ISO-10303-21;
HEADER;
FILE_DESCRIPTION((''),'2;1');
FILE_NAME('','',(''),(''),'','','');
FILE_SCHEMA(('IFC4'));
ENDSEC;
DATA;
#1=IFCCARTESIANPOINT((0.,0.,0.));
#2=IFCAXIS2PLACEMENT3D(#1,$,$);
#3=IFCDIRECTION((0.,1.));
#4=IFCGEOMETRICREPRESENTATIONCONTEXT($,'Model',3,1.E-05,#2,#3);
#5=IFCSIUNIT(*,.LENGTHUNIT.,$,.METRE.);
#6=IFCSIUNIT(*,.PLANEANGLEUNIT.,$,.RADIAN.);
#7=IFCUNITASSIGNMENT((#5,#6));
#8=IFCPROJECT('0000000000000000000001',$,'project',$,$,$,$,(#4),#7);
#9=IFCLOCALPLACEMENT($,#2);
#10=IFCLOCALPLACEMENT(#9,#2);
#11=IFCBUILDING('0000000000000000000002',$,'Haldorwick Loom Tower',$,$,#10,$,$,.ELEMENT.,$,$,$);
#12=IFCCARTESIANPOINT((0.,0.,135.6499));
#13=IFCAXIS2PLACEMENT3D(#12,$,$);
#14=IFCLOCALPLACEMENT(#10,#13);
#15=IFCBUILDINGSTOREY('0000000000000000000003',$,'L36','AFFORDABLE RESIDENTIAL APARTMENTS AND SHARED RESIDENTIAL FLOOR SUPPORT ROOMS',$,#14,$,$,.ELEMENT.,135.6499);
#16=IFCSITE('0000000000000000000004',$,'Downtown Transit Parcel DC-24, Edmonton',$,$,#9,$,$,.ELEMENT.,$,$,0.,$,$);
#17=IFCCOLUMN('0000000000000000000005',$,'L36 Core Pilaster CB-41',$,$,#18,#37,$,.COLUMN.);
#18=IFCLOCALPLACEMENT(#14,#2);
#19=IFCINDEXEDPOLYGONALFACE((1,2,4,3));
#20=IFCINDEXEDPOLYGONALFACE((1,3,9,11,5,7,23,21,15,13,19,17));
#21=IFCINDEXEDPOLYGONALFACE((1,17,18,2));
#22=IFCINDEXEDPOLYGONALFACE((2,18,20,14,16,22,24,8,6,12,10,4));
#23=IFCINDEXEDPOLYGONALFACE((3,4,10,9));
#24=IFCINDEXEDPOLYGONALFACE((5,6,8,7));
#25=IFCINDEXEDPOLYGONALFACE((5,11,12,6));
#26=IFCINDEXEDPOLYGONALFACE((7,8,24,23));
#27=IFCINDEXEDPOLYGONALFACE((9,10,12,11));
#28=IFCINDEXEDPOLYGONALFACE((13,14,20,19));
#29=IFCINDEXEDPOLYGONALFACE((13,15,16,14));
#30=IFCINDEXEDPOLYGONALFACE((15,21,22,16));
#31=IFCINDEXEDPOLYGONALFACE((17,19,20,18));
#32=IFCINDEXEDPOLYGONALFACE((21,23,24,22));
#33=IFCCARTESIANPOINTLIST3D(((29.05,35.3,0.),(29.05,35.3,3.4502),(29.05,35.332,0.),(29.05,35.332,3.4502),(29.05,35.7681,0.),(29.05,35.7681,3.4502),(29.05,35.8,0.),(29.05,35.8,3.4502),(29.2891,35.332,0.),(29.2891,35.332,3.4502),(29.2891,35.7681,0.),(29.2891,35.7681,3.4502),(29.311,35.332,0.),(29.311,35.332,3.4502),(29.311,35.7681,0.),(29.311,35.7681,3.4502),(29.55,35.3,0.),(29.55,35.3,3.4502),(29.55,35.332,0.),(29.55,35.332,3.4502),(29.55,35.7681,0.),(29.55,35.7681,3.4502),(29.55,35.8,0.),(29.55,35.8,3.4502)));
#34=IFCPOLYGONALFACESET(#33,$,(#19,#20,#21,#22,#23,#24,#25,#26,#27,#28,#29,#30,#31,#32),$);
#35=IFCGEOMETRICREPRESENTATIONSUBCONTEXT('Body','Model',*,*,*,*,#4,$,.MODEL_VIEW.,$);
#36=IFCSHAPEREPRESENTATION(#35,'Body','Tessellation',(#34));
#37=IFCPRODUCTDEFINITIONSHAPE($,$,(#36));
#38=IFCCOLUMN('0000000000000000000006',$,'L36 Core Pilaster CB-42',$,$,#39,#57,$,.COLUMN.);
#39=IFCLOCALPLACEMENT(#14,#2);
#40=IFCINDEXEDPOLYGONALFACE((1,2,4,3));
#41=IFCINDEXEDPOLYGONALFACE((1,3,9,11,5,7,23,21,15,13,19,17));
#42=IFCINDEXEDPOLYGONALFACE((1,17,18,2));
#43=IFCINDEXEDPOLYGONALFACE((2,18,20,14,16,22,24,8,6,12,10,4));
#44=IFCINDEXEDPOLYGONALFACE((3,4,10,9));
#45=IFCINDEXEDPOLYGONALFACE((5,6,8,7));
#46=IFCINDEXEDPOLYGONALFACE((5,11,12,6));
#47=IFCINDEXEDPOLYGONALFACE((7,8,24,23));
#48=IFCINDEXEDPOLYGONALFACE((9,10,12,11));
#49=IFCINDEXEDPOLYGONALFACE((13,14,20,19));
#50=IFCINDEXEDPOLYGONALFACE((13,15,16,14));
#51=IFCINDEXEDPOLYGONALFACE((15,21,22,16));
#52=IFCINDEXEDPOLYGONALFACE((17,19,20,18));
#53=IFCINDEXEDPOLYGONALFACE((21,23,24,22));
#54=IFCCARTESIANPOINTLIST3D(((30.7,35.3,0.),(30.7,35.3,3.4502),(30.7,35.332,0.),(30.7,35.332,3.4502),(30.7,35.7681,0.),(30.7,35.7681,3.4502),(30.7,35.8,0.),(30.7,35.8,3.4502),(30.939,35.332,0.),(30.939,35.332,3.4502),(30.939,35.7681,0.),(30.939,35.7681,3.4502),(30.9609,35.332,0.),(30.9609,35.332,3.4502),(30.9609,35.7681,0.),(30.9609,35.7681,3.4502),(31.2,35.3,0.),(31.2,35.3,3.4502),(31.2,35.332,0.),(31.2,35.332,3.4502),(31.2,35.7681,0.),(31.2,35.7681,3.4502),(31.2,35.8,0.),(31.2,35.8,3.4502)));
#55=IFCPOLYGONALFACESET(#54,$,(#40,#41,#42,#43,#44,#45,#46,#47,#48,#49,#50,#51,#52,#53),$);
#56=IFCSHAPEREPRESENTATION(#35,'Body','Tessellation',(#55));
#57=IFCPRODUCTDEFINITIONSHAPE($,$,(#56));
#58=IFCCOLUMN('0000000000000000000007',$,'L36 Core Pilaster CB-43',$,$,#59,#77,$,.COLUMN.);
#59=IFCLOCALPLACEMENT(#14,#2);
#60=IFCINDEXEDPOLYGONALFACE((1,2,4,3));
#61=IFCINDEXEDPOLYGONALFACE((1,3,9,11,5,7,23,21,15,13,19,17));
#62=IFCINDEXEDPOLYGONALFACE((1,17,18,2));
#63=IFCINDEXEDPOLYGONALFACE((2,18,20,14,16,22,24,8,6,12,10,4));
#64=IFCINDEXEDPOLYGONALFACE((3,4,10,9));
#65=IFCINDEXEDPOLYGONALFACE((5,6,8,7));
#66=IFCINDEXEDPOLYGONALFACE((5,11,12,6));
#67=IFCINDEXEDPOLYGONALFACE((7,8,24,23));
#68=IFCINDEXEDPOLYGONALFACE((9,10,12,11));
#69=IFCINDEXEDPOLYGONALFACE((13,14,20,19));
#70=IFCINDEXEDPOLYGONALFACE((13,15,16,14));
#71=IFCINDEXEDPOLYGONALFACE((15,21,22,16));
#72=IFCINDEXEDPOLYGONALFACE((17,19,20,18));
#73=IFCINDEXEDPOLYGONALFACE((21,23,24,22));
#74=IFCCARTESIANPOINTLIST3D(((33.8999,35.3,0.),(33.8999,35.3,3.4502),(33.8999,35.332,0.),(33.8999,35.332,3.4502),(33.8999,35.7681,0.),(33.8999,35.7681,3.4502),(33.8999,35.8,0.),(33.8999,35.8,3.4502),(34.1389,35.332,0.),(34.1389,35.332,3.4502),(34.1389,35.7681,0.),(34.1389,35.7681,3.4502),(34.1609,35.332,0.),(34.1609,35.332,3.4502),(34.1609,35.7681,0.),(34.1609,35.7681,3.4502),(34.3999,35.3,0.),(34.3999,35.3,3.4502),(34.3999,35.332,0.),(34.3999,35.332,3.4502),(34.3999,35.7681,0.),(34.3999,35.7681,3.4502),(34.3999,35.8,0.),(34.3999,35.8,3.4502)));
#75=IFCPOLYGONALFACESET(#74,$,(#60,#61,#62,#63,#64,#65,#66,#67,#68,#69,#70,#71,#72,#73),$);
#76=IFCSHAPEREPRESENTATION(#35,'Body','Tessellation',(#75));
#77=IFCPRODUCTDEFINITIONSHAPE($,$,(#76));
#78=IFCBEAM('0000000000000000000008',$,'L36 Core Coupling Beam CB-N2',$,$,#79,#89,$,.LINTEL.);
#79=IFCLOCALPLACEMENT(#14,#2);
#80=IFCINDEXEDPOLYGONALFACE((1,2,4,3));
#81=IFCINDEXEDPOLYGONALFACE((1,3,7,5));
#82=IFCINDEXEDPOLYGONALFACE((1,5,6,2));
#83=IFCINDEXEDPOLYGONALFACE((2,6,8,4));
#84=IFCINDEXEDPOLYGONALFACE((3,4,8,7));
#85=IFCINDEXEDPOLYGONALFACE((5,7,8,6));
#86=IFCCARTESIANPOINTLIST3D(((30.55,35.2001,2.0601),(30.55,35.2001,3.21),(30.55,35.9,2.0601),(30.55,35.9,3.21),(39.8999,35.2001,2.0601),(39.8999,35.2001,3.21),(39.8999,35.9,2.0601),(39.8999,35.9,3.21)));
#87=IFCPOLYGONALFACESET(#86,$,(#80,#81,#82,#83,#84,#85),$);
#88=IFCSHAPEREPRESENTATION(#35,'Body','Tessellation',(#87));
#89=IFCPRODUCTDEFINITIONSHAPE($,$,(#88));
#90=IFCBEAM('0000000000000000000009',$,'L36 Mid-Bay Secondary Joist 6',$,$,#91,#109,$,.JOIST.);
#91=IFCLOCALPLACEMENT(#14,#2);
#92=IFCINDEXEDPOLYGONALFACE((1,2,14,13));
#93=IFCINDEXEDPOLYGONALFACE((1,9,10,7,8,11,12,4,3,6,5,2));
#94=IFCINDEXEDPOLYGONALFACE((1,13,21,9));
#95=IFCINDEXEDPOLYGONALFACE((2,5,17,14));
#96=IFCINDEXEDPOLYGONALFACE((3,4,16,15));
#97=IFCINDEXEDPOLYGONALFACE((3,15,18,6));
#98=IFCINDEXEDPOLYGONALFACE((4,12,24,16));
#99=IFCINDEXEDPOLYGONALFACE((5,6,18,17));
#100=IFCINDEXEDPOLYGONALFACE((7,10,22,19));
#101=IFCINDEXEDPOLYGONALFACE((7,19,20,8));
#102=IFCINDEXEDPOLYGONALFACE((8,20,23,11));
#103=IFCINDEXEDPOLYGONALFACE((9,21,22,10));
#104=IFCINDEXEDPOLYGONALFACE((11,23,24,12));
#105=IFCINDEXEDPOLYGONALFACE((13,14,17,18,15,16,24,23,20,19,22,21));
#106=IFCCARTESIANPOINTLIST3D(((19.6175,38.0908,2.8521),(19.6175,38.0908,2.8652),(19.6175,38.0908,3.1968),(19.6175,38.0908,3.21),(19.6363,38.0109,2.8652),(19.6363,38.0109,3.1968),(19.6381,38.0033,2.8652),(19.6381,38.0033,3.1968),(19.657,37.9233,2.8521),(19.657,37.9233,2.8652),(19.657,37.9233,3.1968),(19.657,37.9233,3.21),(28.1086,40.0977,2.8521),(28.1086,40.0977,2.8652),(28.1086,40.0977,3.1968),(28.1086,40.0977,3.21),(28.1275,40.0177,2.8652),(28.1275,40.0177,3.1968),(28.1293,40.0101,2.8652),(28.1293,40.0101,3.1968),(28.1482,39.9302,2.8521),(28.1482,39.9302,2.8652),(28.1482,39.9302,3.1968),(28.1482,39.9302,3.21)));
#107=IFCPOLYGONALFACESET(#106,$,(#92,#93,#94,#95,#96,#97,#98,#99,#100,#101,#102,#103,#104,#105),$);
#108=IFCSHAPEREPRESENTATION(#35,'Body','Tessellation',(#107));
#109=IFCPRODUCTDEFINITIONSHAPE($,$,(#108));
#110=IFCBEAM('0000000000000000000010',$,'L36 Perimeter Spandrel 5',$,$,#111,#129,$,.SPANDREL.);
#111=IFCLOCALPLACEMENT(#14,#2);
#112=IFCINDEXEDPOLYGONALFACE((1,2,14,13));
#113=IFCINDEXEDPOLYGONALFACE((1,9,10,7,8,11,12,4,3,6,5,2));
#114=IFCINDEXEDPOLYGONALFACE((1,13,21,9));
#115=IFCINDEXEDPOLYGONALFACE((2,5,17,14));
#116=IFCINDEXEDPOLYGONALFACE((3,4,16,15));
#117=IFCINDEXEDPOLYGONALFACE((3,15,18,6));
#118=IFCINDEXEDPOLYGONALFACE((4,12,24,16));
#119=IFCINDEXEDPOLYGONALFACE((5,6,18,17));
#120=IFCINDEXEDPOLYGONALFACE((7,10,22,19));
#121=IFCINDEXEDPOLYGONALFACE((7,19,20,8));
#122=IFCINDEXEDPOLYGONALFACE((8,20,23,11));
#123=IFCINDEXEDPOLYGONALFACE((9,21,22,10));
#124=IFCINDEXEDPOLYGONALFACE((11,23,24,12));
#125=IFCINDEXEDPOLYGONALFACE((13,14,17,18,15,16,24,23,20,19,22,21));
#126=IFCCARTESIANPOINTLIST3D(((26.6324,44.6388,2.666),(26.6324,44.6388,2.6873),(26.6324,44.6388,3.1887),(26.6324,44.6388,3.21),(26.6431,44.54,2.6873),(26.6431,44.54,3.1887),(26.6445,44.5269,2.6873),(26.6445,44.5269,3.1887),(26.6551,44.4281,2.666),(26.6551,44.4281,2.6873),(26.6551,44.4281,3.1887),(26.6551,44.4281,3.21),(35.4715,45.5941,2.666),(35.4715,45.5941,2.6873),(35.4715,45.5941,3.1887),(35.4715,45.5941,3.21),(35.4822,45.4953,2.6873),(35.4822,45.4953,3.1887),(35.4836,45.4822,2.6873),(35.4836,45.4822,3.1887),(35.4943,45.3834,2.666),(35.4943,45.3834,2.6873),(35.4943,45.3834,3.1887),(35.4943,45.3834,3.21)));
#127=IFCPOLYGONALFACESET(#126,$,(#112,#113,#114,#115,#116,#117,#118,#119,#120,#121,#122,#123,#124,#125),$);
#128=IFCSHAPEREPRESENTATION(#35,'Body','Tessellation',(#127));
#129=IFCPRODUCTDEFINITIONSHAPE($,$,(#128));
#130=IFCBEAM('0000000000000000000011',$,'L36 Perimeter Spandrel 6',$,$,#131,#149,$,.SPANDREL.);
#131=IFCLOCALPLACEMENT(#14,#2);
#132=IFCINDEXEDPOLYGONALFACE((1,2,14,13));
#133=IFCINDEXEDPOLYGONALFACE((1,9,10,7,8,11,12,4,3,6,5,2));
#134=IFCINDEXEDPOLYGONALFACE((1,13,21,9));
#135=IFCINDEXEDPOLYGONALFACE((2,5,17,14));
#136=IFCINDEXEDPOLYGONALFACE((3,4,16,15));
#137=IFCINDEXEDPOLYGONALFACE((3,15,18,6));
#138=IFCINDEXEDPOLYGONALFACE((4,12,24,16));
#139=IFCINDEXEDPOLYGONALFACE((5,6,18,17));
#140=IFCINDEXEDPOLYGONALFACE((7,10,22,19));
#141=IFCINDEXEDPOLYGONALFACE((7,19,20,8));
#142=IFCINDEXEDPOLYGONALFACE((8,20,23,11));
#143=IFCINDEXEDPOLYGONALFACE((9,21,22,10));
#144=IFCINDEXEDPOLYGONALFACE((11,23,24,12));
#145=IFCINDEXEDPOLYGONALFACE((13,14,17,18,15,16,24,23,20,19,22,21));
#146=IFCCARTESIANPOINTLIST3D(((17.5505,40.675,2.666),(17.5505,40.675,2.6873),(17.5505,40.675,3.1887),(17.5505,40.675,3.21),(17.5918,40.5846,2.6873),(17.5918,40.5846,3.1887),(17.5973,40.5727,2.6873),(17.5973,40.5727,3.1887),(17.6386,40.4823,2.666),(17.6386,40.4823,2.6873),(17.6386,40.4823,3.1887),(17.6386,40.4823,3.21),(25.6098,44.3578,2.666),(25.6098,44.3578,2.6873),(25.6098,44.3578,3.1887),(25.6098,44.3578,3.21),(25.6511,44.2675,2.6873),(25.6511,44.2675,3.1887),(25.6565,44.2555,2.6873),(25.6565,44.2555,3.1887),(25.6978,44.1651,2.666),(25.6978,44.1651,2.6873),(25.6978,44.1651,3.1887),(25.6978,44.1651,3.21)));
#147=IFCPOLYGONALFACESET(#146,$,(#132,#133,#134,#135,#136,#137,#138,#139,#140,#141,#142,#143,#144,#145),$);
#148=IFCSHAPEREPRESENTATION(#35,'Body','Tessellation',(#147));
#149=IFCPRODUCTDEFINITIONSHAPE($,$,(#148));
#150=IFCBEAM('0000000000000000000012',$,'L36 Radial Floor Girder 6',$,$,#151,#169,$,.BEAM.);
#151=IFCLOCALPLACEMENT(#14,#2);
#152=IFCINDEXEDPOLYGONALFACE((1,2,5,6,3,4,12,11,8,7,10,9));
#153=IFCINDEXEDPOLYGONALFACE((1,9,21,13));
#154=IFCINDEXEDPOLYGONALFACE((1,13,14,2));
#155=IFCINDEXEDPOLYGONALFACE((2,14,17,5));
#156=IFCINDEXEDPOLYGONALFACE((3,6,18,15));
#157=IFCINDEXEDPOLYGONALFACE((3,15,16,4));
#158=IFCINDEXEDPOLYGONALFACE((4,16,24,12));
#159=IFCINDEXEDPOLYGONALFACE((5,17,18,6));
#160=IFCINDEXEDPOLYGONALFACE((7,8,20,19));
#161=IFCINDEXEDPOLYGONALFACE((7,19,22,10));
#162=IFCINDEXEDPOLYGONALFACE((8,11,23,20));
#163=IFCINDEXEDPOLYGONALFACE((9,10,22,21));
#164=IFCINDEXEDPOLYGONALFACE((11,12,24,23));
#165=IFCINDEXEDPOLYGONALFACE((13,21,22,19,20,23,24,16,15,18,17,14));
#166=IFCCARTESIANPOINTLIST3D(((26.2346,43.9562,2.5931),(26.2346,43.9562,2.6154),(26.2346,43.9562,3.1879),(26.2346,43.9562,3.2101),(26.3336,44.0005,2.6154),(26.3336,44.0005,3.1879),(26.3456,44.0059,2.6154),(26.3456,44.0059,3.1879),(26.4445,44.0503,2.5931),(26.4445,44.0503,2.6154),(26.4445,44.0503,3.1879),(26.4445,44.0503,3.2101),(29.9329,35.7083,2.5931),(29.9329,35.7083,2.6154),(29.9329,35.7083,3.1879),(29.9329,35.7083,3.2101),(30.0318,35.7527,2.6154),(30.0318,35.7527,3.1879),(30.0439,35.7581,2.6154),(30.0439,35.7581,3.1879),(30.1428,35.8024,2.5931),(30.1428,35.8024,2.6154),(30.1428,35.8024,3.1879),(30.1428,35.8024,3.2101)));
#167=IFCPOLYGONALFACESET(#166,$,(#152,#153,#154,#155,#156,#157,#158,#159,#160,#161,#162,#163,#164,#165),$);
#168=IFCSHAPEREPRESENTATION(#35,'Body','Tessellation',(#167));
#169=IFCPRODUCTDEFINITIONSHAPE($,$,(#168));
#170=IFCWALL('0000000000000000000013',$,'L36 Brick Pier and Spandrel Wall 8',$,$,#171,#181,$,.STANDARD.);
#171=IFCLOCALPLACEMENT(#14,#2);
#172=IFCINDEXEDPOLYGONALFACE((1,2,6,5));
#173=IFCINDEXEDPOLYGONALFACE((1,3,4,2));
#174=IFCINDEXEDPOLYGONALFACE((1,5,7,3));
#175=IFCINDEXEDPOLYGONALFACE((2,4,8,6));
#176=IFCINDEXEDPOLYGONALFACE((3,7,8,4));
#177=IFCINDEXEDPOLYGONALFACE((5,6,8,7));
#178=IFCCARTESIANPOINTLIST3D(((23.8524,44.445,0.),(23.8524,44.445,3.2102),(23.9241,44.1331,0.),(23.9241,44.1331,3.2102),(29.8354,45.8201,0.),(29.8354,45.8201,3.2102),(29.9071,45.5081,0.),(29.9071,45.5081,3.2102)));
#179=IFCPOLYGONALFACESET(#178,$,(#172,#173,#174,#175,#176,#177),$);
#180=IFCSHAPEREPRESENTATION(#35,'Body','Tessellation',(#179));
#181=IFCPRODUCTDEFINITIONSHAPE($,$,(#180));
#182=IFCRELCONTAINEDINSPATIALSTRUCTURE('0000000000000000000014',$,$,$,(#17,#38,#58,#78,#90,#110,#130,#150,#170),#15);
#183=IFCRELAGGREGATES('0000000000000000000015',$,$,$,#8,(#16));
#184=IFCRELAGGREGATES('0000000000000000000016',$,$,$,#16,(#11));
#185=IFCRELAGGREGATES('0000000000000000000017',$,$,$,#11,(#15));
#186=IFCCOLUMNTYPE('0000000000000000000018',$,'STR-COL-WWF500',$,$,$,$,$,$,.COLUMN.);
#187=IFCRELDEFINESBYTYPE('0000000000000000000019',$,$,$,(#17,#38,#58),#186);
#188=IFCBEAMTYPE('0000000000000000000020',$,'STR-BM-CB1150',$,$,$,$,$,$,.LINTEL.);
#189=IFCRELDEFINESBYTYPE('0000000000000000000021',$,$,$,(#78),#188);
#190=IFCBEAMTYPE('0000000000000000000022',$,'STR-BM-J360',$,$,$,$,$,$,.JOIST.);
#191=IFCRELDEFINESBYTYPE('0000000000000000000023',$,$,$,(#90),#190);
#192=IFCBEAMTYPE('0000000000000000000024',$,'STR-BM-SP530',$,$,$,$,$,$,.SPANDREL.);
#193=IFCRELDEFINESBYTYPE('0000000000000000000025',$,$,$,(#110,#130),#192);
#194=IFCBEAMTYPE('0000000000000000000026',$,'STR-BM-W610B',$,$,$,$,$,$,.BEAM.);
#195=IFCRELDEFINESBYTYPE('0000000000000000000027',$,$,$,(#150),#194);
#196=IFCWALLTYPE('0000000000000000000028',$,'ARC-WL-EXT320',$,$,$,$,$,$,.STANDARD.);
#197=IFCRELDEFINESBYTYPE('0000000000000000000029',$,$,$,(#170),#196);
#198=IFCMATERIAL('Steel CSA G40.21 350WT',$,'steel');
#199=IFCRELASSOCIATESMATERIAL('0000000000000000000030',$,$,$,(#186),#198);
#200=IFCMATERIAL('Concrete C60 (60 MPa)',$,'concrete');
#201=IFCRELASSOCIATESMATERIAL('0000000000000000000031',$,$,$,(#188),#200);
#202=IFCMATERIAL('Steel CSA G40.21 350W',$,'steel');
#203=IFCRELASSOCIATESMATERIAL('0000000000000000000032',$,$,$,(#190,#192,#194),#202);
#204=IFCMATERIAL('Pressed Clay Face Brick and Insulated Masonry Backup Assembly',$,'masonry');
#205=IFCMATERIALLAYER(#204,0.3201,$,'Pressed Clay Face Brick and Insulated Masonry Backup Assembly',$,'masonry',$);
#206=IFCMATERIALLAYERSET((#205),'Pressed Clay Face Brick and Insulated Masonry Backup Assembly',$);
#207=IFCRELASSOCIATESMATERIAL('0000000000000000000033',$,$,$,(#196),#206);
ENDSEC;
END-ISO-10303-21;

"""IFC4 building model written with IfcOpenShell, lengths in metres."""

from ifc_helpers import new_model, si_unit, direction, frame, frame_2d, origin, origin_2d, place, context, subcontext, project, spatial, rectangle, i_section, extrude, material, layer, layer_set, material_profile, profile_set, type_object, element, save


model = new_model("IFC4")

# Units and contexts
model_context = context("Model", 3, precision=1e-05, world=origin(), true_north=direction((0.0, 1.0)))
body_context = subcontext(model_context, "Body", "Model", "MODEL_VIEW")
ifc_project = project(units=[si_unit("LENGTHUNIT", "METRE"), si_unit("PLANEANGLEUNIT", "RADIAN")], contexts=[model_context])

# Site, building, storey
site_placement = place(None, origin())
site = spatial("IfcSite", under=ifc_project, at=site_placement, Name="Downtown Transit Parcel DC-24, Edmonton", CompositionType="ELEMENT", RefElevation=0.0)
building_placement = place(site_placement, origin())
building = spatial("IfcBuilding", under=site, at=building_placement, Name="Haldorwick Loom Tower", CompositionType="ELEMENT")
storey_placement = place(building_placement, frame((0.0, 0.0, 135.6499)))
storey = spatial("IfcBuildingStorey", under=building, at=storey_placement, Name="L36", Description="AFFORDABLE RESIDENTIAL APARTMENTS AND SHARED RESIDENTIAL FLOOR SUPPORT ROOMS", CompositionType="ELEMENT", Elevation=135.6499)

# Columns
ifc_material_1 = material(Name="Concrete C60 (60 MPa)", Category="concrete")
ifc_material_2 = material(Name="Steel CSA G40.21 350WT", Category="steel")
ifc_material_profile_1 = material_profile(ifc_material_2, i_section(OverallWidth=0.5, OverallDepth=0.5, WebThickness=0.022, FlangeThickness=0.032, at=origin_2d()), Name="WWF500X500", Category="steel")
ifc_profile_set_1 = profile_set([ifc_material_profile_1], Name="Steel CSA G40.21 350WT")
column_type_1 = type_object("IfcColumnType", Name="STR-COL-WWF500", PredefinedType="COLUMN", material=ifc_profile_set_1)
for number, where, z_axis, x_axis, name in (
    (1, (29.3, 35.55, 0.0), (0.0, 0.0, 1.0), (1.0, 0.0, 0.0), "L36 Core Pilaster CB-41"),
    (2, (30.95, 35.55, 0.0), (0.0, 0.0, 1.0), (1.0, 0.0, 0.0), "L36 Core Pilaster CB-42"),
    (3, (34.1499, 35.55, 0.0), (0.0, 0.0, 1.0), (1.0, 0.0, 0.0), "L36 Core Pilaster CB-43"),
):
    element("IfcColumn", number, at=place(storey_placement, frame(where, z_axis=z_axis, x_axis=x_axis)), inside=storey, type_object=column_type_1, Name=name, PredefinedType="COLUMN", context=body_context, shape_type="SweptSolid", body=[
        extrude(i_section(OverallWidth=0.5, OverallDepth=0.5, WebThickness=0.022, FlangeThickness=0.032, at=origin_2d()), origin(), (0.0, 0.0, 1.0), 3.4502),
    ])

# Beams
ifc_material_profile_2 = material_profile(ifc_material_1, rectangle(XDim=0.7, YDim=1.1499, at=origin_2d()), Name="RC700X1150", Category="concrete")
ifc_profile_set_2 = profile_set([ifc_material_profile_2], Name="Concrete C60 (60 MPa)")
beam_type_1 = type_object("IfcBeamType", Name="STR-BM-CB1150", PredefinedType="LINTEL", material=ifc_profile_set_2)
beam_1_placement = place(storey_placement, frame((30.55, 35.55, 2.635), z_axis=(1.0, 0.0, 0.0), x_axis=(0.0, 1.0, 0.0)))
element("IfcBeam", 4, at=beam_1_placement, inside=storey, type_object=beam_type_1, Name="L36 Core Coupling Beam CB-N2", PredefinedType="LINTEL", context=body_context, shape_type="SweptSolid", body=[
    extrude(rectangle(XDim=0.7, YDim=1.1499, at=origin_2d()), origin(), (0.0, 0.0, 1.0), 9.3499),
])
ifc_material_3 = material(Name="Steel CSA G40.21 350W", Category="steel")
ifc_material_profile_3 = material_profile(ifc_material_3, i_section(OverallWidth=0.1721, OverallDepth=0.3579, WebThickness=0.0078, FlangeThickness=0.0132, at=origin_2d()), Name="W360X57", Category="steel")
ifc_profile_set_3 = profile_set([ifc_material_profile_3], Name="Steel CSA G40.21 350W")
beam_type_2 = type_object("IfcBeamType", Name="STR-BM-J360", PredefinedType="JOIST", material=ifc_profile_set_3)
beam_2_placement = place(storey_placement, frame((28.1284, 40.0139, 3.031), z_axis=(-0.973189, -0.230006, 0.0), x_axis=(0.230006, -0.973189, 0.0)))
element("IfcBeam", 5, at=beam_2_placement, inside=storey, type_object=beam_type_2, Name="L36 Mid-Bay Secondary Joist 6", PredefinedType="JOIST", context=body_context, shape_type="SweptSolid", body=[
    extrude(i_section(OverallWidth=0.1721, OverallDepth=0.3579, WebThickness=0.0078, FlangeThickness=0.0132, at=origin_2d()), origin(), (0.0, 0.0, 1.0), 8.7251),
])
ifc_material_profile_4 = material_profile(ifc_material_3, i_section(OverallWidth=0.2119, OverallDepth=0.5439, WebThickness=0.0132, FlangeThickness=0.0212, at=origin_2d()), Name="W530X123", Category="steel")
ifc_profile_set_4 = profile_set([ifc_material_profile_4], Name="Steel CSA G40.21 350W")
beam_type_3 = type_object("IfcBeamType", Name="STR-BM-SP530", PredefinedType="SPANDREL", material=ifc_profile_set_4)
beam_3_placement = place(storey_placement, frame((35.4829, 45.4888, 2.938), z_axis=(-0.99421, -0.107453, 0.0), x_axis=(0.107453, -0.99421, 0.0)))
element("IfcBeam", 6, at=beam_3_placement, inside=storey, type_object=beam_type_3, Name="L36 Perimeter Spandrel 5", PredefinedType="SPANDREL", context=body_context, shape_type="SweptSolid", body=[
    extrude(i_section(OverallWidth=0.2119, OverallDepth=0.5439, WebThickness=0.0132, FlangeThickness=0.0212, at=origin_2d()), origin(), (0.0, 0.0, 1.0), 8.8906),
])
beam_4_placement = place(storey_placement, frame((25.6538, 44.2615, 2.938), z_axis=(-0.909534, -0.415629, 0.0), x_axis=(0.415629, -0.909534, 0.0)))
element("IfcBeam", 7, at=beam_4_placement, inside=storey, type_object=beam_type_3, Name="L36 Perimeter Spandrel 6", PredefinedType="SPANDREL", context=body_context, shape_type="SweptSolid", body=[
    extrude(i_section(OverallWidth=0.2119, OverallDepth=0.5439, WebThickness=0.0132, FlangeThickness=0.0212, at=origin_2d()), origin(), (0.0, 0.0, 1.0), 8.8608),
])
ifc_material_profile_5 = material_profile(ifc_material_3, i_section(OverallWidth=0.23, OverallDepth=0.6169, WebThickness=0.0132, FlangeThickness=0.0222, at=origin_2d()), Name="W610X140", Category="steel")
ifc_profile_set_5 = profile_set([ifc_material_profile_5], Name="Steel CSA G40.21 350W")
beam_type_4 = type_object("IfcBeamType", Name="STR-BM-W610B", PredefinedType="BEAM", material=ifc_profile_set_5)
beam_5_placement = place(storey_placement, frame((30.0378, 35.7554, 2.9016), z_axis=(-0.409144, 0.91247, 0.0), x_axis=(-0.91247, -0.409144, 0.0)))
element("IfcBeam", 8, at=beam_5_placement, inside=storey, type_object=beam_type_4, Name="L36 Radial Floor Girder 6", PredefinedType="BEAM", context=body_context, shape_type="SweptSolid", body=[
    extrude(i_section(OverallWidth=0.23, OverallDepth=0.6169, WebThickness=0.0132, FlangeThickness=0.0222, at=origin_2d()), origin(), (0.0, 0.0, 1.0), 9.0391),
])

# Wall
ifc_material_4 = material(Name="Pressed Clay Face Brick and Insulated Masonry Backup Assembly", Category="masonry")
ifc_layer_1 = layer(ifc_material_4, 0.3201, Name="Pressed Clay Face Brick and Insulated Masonry Backup Assembly", Category="masonry")
ifc_layer_set_1 = layer_set([ifc_layer_1], Name="Pressed Clay Face Brick and Insulated Masonry Backup Assembly")
wall_type_1 = type_object("IfcWallType", Name="ARC-WL-EXT320", PredefinedType="STANDARD", material=ifc_layer_set_1)
wall_1_placement = place(storey_placement, frame((29.8711, 45.6641, 0.0), z_axis=(0.0, 0.0, 1.0), x_axis=(-0.974593, -0.223982, 0.0)))
element("IfcWall", 9, at=wall_1_placement, inside=storey, type_object=wall_type_1, Name="L36 Brick Pier and Spandrel Wall 8", PredefinedType="STANDARD", context=body_context, shape_type="SweptSolid", body=[
    extrude(rectangle(XDim=6.1389, YDim=0.3201, at=frame_2d((3.0693, 0.0))), origin(), (0.0, 0.0, 1.0), 3.2102),
])

save(model, "model.ifc")
